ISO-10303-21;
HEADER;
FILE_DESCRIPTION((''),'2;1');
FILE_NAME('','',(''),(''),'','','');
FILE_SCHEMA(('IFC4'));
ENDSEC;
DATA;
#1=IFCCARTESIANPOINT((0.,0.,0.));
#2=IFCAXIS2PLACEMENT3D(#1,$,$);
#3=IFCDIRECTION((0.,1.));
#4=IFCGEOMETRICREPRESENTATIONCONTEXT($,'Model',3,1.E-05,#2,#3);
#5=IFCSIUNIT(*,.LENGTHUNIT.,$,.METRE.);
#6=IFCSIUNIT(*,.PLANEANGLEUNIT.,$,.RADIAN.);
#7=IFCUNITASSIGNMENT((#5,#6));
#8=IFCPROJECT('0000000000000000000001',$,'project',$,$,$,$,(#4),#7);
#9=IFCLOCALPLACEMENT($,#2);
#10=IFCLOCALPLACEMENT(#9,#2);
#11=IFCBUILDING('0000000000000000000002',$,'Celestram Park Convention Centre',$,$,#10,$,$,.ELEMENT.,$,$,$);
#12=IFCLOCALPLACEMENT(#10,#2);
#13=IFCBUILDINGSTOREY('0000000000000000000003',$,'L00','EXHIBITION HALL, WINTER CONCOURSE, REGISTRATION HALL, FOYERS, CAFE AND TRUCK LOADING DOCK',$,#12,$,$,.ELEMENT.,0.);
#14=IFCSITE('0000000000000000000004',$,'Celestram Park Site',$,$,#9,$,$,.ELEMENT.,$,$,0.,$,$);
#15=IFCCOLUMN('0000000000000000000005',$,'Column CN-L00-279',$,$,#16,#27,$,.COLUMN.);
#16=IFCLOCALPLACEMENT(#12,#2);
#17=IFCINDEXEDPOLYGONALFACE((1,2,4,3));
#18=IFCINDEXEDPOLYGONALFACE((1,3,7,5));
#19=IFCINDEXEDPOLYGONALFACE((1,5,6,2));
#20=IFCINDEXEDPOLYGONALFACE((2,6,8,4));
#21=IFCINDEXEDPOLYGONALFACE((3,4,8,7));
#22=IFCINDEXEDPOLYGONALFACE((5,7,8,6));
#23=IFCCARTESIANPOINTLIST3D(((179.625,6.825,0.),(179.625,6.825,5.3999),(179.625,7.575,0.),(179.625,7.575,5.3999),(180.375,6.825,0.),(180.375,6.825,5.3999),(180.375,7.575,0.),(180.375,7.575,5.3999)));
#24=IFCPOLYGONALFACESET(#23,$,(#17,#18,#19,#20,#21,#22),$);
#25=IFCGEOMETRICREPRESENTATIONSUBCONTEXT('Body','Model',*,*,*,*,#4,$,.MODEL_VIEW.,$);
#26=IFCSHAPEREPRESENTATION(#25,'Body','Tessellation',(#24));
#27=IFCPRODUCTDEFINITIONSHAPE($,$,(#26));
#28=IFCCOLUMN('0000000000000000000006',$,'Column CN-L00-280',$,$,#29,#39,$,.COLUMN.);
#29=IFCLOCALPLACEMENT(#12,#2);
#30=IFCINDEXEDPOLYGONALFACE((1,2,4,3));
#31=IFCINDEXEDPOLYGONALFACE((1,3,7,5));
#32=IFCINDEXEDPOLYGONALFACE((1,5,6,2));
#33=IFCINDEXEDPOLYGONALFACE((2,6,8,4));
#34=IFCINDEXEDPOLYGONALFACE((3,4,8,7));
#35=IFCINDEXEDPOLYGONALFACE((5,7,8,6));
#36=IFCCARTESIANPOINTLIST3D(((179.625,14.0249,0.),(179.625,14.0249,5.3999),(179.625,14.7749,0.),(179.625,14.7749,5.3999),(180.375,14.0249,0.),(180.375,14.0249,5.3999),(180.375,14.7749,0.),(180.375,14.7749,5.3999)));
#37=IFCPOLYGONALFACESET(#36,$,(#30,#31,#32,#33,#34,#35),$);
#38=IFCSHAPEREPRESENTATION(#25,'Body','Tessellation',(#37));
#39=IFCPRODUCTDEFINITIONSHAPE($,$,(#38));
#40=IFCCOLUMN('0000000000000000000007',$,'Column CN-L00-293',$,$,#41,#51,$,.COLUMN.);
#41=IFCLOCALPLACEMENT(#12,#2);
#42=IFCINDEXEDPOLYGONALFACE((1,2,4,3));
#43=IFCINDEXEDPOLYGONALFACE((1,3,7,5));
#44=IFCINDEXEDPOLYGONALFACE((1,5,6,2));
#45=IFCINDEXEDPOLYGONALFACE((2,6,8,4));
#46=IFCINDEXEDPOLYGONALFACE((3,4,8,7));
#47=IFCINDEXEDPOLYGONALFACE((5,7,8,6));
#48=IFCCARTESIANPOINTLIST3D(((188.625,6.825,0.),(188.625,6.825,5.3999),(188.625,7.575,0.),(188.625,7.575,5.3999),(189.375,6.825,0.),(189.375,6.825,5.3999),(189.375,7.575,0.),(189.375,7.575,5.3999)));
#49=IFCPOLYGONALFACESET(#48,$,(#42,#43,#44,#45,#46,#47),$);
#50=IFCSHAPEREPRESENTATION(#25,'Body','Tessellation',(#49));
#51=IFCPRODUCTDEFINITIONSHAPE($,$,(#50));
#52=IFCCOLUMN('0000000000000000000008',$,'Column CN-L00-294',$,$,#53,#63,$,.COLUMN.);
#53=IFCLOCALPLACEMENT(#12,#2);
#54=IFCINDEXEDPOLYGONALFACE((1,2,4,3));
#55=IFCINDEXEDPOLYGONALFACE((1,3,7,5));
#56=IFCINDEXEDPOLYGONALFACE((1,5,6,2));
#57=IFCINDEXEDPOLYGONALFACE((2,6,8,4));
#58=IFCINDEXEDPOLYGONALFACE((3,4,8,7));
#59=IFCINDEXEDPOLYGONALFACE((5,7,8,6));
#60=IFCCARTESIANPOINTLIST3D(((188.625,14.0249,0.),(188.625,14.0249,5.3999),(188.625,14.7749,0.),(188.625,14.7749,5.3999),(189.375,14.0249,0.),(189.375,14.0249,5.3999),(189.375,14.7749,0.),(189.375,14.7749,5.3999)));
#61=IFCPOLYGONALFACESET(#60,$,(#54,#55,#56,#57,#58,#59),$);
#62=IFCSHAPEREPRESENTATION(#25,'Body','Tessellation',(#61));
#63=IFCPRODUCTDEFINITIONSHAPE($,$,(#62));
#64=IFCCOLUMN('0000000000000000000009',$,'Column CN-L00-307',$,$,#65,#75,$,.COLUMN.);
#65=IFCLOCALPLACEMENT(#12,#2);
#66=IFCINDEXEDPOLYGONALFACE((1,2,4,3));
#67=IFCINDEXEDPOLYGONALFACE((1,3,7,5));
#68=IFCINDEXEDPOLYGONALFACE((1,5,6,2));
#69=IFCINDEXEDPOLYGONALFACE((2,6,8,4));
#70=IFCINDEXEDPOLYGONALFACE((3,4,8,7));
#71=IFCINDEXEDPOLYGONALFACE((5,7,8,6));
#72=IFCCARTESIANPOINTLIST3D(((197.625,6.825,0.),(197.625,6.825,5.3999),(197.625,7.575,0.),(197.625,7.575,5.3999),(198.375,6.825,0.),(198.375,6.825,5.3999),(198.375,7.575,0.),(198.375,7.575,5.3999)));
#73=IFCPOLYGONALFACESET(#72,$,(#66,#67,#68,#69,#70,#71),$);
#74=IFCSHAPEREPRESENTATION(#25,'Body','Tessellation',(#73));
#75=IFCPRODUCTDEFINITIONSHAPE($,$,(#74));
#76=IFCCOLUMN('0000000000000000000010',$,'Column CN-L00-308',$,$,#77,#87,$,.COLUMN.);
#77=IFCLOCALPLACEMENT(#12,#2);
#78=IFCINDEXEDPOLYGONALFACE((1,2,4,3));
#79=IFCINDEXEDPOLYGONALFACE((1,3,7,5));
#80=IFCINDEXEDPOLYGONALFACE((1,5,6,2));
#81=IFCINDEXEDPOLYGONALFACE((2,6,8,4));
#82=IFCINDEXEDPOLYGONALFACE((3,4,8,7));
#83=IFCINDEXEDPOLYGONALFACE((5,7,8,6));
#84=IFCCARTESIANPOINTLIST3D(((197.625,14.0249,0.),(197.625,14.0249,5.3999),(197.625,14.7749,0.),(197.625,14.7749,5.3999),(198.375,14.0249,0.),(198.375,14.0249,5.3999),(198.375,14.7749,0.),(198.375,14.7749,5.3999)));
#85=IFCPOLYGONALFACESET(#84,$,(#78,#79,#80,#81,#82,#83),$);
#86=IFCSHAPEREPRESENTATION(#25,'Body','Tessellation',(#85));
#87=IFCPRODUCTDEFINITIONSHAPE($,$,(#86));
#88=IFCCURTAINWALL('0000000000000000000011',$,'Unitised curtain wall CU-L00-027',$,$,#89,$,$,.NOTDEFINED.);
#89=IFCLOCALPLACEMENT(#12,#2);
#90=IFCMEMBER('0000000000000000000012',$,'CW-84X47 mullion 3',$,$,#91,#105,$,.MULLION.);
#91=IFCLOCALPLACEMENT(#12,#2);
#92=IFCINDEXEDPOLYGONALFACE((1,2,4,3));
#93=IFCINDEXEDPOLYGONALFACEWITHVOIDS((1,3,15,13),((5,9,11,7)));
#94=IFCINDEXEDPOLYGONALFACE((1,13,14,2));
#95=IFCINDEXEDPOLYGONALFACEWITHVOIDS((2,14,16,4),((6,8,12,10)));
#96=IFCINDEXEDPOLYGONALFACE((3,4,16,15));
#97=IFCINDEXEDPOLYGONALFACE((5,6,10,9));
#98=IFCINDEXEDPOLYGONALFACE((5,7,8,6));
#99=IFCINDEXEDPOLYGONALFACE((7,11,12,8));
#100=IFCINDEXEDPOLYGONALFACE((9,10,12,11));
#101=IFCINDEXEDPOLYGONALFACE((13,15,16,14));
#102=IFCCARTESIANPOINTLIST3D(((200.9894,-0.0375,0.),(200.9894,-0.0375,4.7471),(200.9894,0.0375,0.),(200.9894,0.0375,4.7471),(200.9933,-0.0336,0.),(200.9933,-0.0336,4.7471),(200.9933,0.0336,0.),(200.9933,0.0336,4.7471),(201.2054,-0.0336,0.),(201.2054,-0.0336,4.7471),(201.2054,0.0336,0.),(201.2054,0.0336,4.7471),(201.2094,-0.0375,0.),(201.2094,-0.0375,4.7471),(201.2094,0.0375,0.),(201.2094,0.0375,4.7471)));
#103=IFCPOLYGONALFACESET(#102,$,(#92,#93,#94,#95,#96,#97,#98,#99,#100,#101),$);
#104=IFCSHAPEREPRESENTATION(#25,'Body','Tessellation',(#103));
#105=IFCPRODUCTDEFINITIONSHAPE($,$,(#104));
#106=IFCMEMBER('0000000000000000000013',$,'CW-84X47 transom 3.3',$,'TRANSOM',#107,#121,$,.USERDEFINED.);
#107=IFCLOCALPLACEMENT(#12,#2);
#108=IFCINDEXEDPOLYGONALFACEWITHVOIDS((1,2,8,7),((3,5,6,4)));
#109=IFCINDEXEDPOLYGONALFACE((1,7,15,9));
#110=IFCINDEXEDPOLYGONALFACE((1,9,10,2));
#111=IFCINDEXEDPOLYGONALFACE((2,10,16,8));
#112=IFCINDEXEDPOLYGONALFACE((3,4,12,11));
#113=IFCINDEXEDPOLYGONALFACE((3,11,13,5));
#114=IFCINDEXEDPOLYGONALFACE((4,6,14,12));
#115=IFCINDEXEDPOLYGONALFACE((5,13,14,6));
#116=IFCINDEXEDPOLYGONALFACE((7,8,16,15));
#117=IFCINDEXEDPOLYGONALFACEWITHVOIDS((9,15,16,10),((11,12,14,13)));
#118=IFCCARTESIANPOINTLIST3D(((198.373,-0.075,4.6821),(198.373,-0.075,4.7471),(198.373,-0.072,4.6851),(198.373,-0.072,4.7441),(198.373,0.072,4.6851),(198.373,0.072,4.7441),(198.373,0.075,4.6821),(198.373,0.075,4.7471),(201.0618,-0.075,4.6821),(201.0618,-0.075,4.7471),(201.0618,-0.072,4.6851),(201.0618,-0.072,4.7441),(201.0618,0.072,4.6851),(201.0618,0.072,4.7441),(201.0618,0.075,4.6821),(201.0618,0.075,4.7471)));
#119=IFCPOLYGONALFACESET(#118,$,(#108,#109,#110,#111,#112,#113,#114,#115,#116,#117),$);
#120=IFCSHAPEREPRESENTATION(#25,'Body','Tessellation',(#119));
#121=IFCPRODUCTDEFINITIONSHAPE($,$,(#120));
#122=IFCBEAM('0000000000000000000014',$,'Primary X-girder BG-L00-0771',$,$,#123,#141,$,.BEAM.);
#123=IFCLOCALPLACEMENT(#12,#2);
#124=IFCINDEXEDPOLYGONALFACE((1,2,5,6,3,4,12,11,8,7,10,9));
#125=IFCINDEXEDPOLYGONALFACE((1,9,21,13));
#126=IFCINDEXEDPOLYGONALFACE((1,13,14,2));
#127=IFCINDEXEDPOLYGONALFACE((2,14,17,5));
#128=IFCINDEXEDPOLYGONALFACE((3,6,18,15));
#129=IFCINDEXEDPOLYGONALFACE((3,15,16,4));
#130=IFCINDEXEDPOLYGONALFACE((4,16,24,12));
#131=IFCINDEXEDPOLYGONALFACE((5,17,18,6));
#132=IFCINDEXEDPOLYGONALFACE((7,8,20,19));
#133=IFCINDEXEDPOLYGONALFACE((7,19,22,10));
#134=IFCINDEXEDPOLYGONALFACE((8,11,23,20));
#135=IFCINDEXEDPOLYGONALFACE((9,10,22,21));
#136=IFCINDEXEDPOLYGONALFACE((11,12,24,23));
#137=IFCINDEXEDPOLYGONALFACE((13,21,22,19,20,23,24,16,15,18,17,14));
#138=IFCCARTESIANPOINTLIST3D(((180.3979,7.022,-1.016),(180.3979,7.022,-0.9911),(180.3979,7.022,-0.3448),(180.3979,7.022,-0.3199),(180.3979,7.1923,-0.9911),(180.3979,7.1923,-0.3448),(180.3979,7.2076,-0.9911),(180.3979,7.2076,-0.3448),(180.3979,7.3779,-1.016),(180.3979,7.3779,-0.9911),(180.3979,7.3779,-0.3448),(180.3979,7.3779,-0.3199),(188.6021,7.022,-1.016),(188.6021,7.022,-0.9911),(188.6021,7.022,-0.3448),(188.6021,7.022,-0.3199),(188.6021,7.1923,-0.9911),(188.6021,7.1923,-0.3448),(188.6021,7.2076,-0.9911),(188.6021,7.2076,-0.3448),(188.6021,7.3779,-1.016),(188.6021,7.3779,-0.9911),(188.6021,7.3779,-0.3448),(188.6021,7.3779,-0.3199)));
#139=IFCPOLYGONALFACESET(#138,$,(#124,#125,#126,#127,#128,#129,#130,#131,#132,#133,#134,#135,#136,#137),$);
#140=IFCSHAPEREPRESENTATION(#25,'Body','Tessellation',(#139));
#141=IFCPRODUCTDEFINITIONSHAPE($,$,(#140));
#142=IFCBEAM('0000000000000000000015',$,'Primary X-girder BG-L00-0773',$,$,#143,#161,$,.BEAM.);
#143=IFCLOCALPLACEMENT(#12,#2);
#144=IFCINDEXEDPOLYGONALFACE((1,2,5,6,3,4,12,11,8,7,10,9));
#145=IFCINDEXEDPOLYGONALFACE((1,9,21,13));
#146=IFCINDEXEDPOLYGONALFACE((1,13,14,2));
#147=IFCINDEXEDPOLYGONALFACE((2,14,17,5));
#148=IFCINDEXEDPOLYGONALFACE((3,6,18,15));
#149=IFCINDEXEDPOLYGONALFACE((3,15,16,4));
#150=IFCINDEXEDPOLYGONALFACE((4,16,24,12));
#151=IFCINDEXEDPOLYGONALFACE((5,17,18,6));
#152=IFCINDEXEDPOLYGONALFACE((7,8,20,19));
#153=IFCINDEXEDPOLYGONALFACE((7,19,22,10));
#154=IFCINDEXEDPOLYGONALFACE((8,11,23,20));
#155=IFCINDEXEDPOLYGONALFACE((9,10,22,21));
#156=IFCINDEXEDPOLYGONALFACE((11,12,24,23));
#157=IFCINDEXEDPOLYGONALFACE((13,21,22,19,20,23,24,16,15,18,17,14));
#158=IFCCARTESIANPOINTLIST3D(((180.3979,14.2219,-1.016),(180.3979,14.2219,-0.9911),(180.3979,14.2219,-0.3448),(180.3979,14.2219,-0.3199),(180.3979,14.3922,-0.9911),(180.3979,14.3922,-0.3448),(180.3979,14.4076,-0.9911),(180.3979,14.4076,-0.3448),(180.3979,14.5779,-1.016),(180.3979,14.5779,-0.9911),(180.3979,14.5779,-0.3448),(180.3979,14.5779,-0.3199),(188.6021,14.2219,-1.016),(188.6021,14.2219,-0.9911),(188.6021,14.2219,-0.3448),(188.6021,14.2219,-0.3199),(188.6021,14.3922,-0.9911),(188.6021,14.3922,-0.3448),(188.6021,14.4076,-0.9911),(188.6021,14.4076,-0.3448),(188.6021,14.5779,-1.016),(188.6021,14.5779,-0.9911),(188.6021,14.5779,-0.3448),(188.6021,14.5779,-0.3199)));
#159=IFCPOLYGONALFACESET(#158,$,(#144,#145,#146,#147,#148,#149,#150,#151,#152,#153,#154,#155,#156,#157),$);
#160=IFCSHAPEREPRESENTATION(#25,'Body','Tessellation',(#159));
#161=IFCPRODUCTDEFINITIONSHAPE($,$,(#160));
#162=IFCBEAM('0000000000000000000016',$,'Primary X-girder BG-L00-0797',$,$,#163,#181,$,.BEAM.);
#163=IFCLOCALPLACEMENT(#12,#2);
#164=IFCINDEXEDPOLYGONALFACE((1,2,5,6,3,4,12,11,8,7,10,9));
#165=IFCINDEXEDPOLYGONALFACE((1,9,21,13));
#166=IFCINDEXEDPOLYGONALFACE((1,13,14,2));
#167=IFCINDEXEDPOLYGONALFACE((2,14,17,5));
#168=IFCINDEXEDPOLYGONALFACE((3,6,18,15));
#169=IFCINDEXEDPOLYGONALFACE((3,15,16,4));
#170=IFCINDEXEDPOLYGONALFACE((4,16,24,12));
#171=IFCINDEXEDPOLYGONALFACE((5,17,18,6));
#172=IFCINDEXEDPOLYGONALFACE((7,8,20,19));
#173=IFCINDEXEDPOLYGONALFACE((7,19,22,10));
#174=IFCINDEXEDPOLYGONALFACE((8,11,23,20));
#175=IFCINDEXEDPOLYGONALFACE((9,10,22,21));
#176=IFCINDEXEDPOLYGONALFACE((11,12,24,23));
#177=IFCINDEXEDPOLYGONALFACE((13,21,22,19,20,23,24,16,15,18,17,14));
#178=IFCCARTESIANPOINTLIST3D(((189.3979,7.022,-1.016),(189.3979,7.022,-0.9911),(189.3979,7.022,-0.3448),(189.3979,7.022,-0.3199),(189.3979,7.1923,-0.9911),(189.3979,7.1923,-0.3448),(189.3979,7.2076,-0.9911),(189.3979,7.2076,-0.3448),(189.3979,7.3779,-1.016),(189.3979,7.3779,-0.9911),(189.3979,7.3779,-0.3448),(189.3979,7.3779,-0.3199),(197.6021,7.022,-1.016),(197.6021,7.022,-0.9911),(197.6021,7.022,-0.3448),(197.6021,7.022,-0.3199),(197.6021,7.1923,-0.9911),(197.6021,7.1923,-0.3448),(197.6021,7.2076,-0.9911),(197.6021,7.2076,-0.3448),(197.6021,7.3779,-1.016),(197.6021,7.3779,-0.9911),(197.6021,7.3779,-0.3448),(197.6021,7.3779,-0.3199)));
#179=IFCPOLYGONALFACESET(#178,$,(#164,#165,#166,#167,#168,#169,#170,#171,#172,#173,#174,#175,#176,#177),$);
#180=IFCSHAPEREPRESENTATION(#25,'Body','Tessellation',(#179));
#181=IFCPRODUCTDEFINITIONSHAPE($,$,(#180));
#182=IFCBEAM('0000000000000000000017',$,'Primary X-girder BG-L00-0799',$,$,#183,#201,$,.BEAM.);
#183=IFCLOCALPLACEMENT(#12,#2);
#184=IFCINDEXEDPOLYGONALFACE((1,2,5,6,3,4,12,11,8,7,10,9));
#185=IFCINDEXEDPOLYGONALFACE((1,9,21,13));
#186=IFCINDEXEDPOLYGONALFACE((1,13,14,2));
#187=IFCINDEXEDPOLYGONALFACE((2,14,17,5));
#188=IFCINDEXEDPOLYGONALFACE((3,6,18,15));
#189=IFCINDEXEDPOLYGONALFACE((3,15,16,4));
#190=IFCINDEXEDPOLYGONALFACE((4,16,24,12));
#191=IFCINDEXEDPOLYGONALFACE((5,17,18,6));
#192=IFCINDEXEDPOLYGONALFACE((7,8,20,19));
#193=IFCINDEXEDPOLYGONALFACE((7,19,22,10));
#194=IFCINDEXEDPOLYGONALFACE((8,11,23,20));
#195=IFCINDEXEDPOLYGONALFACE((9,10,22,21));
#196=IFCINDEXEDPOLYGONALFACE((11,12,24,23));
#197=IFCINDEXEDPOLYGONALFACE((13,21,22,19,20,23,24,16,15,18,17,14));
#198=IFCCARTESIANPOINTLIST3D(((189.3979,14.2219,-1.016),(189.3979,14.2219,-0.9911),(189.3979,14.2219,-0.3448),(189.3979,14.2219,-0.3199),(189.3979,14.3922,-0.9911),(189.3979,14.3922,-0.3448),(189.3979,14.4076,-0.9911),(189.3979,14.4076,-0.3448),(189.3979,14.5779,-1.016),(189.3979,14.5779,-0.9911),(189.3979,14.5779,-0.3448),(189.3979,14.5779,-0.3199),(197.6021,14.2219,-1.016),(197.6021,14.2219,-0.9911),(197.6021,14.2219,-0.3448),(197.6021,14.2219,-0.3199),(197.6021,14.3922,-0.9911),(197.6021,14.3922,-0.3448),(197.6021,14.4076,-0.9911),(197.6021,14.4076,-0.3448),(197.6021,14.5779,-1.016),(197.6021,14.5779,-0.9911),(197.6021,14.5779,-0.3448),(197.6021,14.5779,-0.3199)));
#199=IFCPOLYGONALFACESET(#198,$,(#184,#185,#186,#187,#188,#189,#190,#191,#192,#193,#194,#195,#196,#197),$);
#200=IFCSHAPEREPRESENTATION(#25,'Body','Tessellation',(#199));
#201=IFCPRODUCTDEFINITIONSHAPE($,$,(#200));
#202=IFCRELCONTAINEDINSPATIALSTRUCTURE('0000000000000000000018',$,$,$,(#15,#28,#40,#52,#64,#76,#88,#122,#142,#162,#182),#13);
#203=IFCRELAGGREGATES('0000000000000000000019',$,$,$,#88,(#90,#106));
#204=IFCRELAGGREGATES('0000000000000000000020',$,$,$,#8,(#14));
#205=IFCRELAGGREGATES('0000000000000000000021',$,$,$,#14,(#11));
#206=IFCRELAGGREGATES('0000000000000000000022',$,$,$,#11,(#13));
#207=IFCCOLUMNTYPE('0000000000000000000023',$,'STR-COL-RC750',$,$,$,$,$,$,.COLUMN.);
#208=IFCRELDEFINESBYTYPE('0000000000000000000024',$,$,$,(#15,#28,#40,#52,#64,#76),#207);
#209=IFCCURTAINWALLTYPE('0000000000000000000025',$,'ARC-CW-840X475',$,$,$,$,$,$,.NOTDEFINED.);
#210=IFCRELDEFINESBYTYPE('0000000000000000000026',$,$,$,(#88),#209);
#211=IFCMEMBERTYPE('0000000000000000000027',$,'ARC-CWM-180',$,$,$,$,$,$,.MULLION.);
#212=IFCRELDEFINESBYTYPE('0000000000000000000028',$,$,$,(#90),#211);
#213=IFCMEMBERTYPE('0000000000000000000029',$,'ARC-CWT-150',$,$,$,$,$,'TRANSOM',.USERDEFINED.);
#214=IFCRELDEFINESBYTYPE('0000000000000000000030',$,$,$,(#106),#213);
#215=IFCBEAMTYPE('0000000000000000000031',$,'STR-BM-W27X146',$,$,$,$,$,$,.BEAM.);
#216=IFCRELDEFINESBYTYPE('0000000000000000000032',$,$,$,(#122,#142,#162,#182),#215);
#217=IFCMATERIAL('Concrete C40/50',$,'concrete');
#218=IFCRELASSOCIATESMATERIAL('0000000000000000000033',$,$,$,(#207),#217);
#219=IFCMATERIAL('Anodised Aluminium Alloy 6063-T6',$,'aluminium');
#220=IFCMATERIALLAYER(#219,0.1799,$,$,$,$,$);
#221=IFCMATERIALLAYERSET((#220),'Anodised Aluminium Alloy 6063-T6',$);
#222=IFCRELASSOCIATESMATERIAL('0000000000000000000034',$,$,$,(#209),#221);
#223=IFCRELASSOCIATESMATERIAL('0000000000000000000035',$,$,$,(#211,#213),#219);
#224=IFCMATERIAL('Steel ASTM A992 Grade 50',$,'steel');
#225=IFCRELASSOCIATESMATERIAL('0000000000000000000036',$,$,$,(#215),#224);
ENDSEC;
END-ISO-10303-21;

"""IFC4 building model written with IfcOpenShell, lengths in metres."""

from ifc_helpers import new_model, si_unit, direction, frame, origin, origin_2d, place, context, subcontext, project, spatial, rectangle, hollow_rectangle, i_section, extrude, material, layer, layer_set, material_profile, profile_set, type_object, element, aggregate, save


model = new_model("IFC4")

# Units and contexts
model_context = context("Model", 3, precision=1e-05, world=origin(), true_north=direction((0.0, 1.0)))
body_context = subcontext(model_context, "Body", "Model", "MODEL_VIEW")
ifc_project = project(units=[si_unit("LENGTHUNIT", "METRE"), si_unit("PLANEANGLEUNIT", "RADIAN")], contexts=[model_context])

# Site, building, storey
site_placement = place(None, origin())
site = spatial("IfcSite", under=ifc_project, at=site_placement, Name="Celestram Park Site", CompositionType="ELEMENT", RefElevation=0.0)
building_placement = place(site_placement, origin())
building = spatial("IfcBuilding", under=site, at=building_placement, Name="Celestram Park Convention Centre", CompositionType="ELEMENT")
storey_placement = place(building_placement, origin())
storey = spatial("IfcBuildingStorey", under=building, at=storey_placement, Name="L00", Description="EXHIBITION HALL, WINTER CONCOURSE, REGISTRATION HALL, FOYERS, CAFE AND TRUCK LOADING DOCK", CompositionType="ELEMENT", Elevation=0.0)

# Columns
ifc_material_1 = material(Name="Concrete C40/50", Category="concrete")
ifc_material_profile_1 = material_profile(ifc_material_1, rectangle(XDim=0.75, YDim=0.75, at=origin_2d()), Name="RC750X750")
ifc_profile_set_1 = profile_set([ifc_material_profile_1], Name="Concrete C40/50")
column_type = type_object("IfcColumnType", Name="STR-COL-RC750", PredefinedType="COLUMN", material=ifc_profile_set_1)
for number, where, z_axis, x_axis, name in (
    (1, (180.0, 7.2, 0.0), (0.0, 0.0, 1.0), (1.0, 0.0, 0.0), "Column CN-L00-279"),
    (2, (180.0, 14.3999, 0.0), (0.0, 0.0, 1.0), (1.0, 0.0, 0.0), "Column CN-L00-280"),
    (3, (189.0, 7.2, 0.0), (0.0, 0.0, 1.0), (1.0, 0.0, 0.0), "Column CN-L00-293"),
    (4, (189.0, 14.3999, 0.0), (0.0, 0.0, 1.0), (1.0, 0.0, 0.0), "Column CN-L00-294"),
    (5, (198.0, 7.2, 0.0), (0.0, 0.0, 1.0), (1.0, 0.0, 0.0), "Column CN-L00-307"),
    (6, (198.0, 14.3999, 0.0), (0.0, 0.0, 1.0), (1.0, 0.0, 0.0), "Column CN-L00-308"),
):
    element("IfcColumn", number, at=place(storey_placement, frame(where, z_axis=z_axis, x_axis=x_axis)), inside=storey, type_object=column_type, Name=name, PredefinedType="COLUMN", context=body_context, shape_type="SweptSolid", body=[
        extrude(rectangle(XDim=0.75, YDim=0.75, at=origin_2d()), origin(), (0.0, 0.0, 1.0), 5.3999),
    ])

# Curtain wall, members
ifc_material_2 = material(Name="Anodised Aluminium Alloy 6063-T6", Category="aluminium")
ifc_layer_1 = layer(ifc_material_2, 0.1799)
ifc_layer_set_1 = layer_set([ifc_layer_1], Name="Anodised Aluminium Alloy 6063-T6")
curtain_wall_type = type_object("IfcCurtainWallType", Name="ARC-CW-840X475", PredefinedType="NOTDEFINED", material=ifc_layer_set_1)
curtain_wall_placement = place(storey_placement, origin())
curtain_wall = element("IfcCurtainWall", 7, at=curtain_wall_placement, inside=storey, type_object=curtain_wall_type, Name="Unitised curtain wall CU-L00-027", PredefinedType="NOTDEFINED")
ifc_material_profile_2 = material_profile(ifc_material_2, hollow_rectangle(XDim=0.075, YDim=0.22, WallThickness=0.0039, at=origin_2d()), Name="ALU75X220X4")
ifc_profile_set_2 = profile_set([ifc_material_profile_2], Name="Anodised Aluminium Alloy 6063-T6")
member_type_1 = type_object("IfcMemberType", Name="ARC-CWM-180", PredefinedType="MULLION", material=ifc_profile_set_2)
member_1_placement = place(storey_placement, frame((201.0994, 0.0, 0.0), z_axis=(0.0, 0.0, 1.0), x_axis=(0.0, -1.0, 0.0)))
member_1 = element("IfcMember", 8, at=member_1_placement, type_object=member_type_1, Name="CW-84X47 mullion 3", PredefinedType="MULLION", context=body_context, shape_type="SweptSolid", body=[
    extrude(hollow_rectangle(XDim=0.075, YDim=0.22, WallThickness=0.0039, at=origin_2d()), origin(), (0.0, 0.0, 1.0), 4.7471),
])
ifc_material_profile_3 = material_profile(ifc_material_2, hollow_rectangle(XDim=0.1499, YDim=0.0649, WallThickness=0.0029, at=origin_2d()), Name="ALU150X65X3")
ifc_profile_set_3 = profile_set([ifc_material_profile_3], Name="Anodised Aluminium Alloy 6063-T6")
member_type_2 = type_object("IfcMemberType", Name="ARC-CWT-150", ElementType="TRANSOM", PredefinedType="USERDEFINED", material=ifc_profile_set_3)
member_2_placement = place(storey_placement, frame((201.0618, 0.0, 4.7146), z_axis=(-1.0, 0.0, 0.0), x_axis=(0.0, -1.0, 0.0)))
member_2 = element("IfcMember", 9, at=member_2_placement, type_object=member_type_2, Name="CW-84X47 transom 3.3", ObjectType="TRANSOM", PredefinedType="USERDEFINED", context=body_context, shape_type="SweptSolid", body=[
    extrude(hollow_rectangle(XDim=0.1499, YDim=0.0649, WallThickness=0.0029, at=origin_2d()), origin(), (0.0, 0.0, 1.0), 2.6887),
])

# Beams
ifc_material_3 = material(Name="Steel ASTM A992 Grade 50", Category="steel")
ifc_material_profile_4 = material_profile(ifc_material_3, i_section(OverallWidth=0.356, OverallDepth=0.696, WebThickness=0.0154, FlangeThickness=0.0249, at=origin_2d()), Name="W27X146")
ifc_profile_set_4 = profile_set([ifc_material_profile_4], Name="Steel ASTM A992 Grade 50")
beam_type_1 = type_object("IfcBeamType", Name="STR-BM-W27X146", PredefinedType="BEAM", material=ifc_profile_set_4)
for number, where, z_axis, x_axis, name in (
    (10, (180.3979, 7.2, -0.668), (1.0, 0.0, 0.0), (0.0, 1.0, 0.0), "Primary X-girder BG-L00-0771"),
    (11, (180.3979, 14.3999, -0.668), (1.0, 0.0, 0.0), (0.0, 1.0, 0.0), "Primary X-girder BG-L00-0773"),
    (12, (189.3979, 7.2, -0.668), (1.0, 0.0, 0.0), (0.0, 1.0, 0.0), "Primary X-girder BG-L00-0797"),
    (13, (189.3979, 14.3999, -0.668), (1.0, 0.0, 0.0), (0.0, 1.0, 0.0), "Primary X-girder BG-L00-0799"),
):
    element("IfcBeam", number, at=place(storey_placement, frame(where, z_axis=z_axis, x_axis=x_axis)), inside=storey, type_object=beam_type_1, Name=name, PredefinedType="BEAM", context=body_context, shape_type="SweptSolid", body=[
        extrude(i_section(OverallWidth=0.356, OverallDepth=0.696, WebThickness=0.0154, FlangeThickness=0.0249, at=origin_2d()), origin(), (0.0, 0.0, 1.0), 8.2041),
    ])

aggregate(curtain_wall, [member_1, member_2])

save(model, "model.ifc")
